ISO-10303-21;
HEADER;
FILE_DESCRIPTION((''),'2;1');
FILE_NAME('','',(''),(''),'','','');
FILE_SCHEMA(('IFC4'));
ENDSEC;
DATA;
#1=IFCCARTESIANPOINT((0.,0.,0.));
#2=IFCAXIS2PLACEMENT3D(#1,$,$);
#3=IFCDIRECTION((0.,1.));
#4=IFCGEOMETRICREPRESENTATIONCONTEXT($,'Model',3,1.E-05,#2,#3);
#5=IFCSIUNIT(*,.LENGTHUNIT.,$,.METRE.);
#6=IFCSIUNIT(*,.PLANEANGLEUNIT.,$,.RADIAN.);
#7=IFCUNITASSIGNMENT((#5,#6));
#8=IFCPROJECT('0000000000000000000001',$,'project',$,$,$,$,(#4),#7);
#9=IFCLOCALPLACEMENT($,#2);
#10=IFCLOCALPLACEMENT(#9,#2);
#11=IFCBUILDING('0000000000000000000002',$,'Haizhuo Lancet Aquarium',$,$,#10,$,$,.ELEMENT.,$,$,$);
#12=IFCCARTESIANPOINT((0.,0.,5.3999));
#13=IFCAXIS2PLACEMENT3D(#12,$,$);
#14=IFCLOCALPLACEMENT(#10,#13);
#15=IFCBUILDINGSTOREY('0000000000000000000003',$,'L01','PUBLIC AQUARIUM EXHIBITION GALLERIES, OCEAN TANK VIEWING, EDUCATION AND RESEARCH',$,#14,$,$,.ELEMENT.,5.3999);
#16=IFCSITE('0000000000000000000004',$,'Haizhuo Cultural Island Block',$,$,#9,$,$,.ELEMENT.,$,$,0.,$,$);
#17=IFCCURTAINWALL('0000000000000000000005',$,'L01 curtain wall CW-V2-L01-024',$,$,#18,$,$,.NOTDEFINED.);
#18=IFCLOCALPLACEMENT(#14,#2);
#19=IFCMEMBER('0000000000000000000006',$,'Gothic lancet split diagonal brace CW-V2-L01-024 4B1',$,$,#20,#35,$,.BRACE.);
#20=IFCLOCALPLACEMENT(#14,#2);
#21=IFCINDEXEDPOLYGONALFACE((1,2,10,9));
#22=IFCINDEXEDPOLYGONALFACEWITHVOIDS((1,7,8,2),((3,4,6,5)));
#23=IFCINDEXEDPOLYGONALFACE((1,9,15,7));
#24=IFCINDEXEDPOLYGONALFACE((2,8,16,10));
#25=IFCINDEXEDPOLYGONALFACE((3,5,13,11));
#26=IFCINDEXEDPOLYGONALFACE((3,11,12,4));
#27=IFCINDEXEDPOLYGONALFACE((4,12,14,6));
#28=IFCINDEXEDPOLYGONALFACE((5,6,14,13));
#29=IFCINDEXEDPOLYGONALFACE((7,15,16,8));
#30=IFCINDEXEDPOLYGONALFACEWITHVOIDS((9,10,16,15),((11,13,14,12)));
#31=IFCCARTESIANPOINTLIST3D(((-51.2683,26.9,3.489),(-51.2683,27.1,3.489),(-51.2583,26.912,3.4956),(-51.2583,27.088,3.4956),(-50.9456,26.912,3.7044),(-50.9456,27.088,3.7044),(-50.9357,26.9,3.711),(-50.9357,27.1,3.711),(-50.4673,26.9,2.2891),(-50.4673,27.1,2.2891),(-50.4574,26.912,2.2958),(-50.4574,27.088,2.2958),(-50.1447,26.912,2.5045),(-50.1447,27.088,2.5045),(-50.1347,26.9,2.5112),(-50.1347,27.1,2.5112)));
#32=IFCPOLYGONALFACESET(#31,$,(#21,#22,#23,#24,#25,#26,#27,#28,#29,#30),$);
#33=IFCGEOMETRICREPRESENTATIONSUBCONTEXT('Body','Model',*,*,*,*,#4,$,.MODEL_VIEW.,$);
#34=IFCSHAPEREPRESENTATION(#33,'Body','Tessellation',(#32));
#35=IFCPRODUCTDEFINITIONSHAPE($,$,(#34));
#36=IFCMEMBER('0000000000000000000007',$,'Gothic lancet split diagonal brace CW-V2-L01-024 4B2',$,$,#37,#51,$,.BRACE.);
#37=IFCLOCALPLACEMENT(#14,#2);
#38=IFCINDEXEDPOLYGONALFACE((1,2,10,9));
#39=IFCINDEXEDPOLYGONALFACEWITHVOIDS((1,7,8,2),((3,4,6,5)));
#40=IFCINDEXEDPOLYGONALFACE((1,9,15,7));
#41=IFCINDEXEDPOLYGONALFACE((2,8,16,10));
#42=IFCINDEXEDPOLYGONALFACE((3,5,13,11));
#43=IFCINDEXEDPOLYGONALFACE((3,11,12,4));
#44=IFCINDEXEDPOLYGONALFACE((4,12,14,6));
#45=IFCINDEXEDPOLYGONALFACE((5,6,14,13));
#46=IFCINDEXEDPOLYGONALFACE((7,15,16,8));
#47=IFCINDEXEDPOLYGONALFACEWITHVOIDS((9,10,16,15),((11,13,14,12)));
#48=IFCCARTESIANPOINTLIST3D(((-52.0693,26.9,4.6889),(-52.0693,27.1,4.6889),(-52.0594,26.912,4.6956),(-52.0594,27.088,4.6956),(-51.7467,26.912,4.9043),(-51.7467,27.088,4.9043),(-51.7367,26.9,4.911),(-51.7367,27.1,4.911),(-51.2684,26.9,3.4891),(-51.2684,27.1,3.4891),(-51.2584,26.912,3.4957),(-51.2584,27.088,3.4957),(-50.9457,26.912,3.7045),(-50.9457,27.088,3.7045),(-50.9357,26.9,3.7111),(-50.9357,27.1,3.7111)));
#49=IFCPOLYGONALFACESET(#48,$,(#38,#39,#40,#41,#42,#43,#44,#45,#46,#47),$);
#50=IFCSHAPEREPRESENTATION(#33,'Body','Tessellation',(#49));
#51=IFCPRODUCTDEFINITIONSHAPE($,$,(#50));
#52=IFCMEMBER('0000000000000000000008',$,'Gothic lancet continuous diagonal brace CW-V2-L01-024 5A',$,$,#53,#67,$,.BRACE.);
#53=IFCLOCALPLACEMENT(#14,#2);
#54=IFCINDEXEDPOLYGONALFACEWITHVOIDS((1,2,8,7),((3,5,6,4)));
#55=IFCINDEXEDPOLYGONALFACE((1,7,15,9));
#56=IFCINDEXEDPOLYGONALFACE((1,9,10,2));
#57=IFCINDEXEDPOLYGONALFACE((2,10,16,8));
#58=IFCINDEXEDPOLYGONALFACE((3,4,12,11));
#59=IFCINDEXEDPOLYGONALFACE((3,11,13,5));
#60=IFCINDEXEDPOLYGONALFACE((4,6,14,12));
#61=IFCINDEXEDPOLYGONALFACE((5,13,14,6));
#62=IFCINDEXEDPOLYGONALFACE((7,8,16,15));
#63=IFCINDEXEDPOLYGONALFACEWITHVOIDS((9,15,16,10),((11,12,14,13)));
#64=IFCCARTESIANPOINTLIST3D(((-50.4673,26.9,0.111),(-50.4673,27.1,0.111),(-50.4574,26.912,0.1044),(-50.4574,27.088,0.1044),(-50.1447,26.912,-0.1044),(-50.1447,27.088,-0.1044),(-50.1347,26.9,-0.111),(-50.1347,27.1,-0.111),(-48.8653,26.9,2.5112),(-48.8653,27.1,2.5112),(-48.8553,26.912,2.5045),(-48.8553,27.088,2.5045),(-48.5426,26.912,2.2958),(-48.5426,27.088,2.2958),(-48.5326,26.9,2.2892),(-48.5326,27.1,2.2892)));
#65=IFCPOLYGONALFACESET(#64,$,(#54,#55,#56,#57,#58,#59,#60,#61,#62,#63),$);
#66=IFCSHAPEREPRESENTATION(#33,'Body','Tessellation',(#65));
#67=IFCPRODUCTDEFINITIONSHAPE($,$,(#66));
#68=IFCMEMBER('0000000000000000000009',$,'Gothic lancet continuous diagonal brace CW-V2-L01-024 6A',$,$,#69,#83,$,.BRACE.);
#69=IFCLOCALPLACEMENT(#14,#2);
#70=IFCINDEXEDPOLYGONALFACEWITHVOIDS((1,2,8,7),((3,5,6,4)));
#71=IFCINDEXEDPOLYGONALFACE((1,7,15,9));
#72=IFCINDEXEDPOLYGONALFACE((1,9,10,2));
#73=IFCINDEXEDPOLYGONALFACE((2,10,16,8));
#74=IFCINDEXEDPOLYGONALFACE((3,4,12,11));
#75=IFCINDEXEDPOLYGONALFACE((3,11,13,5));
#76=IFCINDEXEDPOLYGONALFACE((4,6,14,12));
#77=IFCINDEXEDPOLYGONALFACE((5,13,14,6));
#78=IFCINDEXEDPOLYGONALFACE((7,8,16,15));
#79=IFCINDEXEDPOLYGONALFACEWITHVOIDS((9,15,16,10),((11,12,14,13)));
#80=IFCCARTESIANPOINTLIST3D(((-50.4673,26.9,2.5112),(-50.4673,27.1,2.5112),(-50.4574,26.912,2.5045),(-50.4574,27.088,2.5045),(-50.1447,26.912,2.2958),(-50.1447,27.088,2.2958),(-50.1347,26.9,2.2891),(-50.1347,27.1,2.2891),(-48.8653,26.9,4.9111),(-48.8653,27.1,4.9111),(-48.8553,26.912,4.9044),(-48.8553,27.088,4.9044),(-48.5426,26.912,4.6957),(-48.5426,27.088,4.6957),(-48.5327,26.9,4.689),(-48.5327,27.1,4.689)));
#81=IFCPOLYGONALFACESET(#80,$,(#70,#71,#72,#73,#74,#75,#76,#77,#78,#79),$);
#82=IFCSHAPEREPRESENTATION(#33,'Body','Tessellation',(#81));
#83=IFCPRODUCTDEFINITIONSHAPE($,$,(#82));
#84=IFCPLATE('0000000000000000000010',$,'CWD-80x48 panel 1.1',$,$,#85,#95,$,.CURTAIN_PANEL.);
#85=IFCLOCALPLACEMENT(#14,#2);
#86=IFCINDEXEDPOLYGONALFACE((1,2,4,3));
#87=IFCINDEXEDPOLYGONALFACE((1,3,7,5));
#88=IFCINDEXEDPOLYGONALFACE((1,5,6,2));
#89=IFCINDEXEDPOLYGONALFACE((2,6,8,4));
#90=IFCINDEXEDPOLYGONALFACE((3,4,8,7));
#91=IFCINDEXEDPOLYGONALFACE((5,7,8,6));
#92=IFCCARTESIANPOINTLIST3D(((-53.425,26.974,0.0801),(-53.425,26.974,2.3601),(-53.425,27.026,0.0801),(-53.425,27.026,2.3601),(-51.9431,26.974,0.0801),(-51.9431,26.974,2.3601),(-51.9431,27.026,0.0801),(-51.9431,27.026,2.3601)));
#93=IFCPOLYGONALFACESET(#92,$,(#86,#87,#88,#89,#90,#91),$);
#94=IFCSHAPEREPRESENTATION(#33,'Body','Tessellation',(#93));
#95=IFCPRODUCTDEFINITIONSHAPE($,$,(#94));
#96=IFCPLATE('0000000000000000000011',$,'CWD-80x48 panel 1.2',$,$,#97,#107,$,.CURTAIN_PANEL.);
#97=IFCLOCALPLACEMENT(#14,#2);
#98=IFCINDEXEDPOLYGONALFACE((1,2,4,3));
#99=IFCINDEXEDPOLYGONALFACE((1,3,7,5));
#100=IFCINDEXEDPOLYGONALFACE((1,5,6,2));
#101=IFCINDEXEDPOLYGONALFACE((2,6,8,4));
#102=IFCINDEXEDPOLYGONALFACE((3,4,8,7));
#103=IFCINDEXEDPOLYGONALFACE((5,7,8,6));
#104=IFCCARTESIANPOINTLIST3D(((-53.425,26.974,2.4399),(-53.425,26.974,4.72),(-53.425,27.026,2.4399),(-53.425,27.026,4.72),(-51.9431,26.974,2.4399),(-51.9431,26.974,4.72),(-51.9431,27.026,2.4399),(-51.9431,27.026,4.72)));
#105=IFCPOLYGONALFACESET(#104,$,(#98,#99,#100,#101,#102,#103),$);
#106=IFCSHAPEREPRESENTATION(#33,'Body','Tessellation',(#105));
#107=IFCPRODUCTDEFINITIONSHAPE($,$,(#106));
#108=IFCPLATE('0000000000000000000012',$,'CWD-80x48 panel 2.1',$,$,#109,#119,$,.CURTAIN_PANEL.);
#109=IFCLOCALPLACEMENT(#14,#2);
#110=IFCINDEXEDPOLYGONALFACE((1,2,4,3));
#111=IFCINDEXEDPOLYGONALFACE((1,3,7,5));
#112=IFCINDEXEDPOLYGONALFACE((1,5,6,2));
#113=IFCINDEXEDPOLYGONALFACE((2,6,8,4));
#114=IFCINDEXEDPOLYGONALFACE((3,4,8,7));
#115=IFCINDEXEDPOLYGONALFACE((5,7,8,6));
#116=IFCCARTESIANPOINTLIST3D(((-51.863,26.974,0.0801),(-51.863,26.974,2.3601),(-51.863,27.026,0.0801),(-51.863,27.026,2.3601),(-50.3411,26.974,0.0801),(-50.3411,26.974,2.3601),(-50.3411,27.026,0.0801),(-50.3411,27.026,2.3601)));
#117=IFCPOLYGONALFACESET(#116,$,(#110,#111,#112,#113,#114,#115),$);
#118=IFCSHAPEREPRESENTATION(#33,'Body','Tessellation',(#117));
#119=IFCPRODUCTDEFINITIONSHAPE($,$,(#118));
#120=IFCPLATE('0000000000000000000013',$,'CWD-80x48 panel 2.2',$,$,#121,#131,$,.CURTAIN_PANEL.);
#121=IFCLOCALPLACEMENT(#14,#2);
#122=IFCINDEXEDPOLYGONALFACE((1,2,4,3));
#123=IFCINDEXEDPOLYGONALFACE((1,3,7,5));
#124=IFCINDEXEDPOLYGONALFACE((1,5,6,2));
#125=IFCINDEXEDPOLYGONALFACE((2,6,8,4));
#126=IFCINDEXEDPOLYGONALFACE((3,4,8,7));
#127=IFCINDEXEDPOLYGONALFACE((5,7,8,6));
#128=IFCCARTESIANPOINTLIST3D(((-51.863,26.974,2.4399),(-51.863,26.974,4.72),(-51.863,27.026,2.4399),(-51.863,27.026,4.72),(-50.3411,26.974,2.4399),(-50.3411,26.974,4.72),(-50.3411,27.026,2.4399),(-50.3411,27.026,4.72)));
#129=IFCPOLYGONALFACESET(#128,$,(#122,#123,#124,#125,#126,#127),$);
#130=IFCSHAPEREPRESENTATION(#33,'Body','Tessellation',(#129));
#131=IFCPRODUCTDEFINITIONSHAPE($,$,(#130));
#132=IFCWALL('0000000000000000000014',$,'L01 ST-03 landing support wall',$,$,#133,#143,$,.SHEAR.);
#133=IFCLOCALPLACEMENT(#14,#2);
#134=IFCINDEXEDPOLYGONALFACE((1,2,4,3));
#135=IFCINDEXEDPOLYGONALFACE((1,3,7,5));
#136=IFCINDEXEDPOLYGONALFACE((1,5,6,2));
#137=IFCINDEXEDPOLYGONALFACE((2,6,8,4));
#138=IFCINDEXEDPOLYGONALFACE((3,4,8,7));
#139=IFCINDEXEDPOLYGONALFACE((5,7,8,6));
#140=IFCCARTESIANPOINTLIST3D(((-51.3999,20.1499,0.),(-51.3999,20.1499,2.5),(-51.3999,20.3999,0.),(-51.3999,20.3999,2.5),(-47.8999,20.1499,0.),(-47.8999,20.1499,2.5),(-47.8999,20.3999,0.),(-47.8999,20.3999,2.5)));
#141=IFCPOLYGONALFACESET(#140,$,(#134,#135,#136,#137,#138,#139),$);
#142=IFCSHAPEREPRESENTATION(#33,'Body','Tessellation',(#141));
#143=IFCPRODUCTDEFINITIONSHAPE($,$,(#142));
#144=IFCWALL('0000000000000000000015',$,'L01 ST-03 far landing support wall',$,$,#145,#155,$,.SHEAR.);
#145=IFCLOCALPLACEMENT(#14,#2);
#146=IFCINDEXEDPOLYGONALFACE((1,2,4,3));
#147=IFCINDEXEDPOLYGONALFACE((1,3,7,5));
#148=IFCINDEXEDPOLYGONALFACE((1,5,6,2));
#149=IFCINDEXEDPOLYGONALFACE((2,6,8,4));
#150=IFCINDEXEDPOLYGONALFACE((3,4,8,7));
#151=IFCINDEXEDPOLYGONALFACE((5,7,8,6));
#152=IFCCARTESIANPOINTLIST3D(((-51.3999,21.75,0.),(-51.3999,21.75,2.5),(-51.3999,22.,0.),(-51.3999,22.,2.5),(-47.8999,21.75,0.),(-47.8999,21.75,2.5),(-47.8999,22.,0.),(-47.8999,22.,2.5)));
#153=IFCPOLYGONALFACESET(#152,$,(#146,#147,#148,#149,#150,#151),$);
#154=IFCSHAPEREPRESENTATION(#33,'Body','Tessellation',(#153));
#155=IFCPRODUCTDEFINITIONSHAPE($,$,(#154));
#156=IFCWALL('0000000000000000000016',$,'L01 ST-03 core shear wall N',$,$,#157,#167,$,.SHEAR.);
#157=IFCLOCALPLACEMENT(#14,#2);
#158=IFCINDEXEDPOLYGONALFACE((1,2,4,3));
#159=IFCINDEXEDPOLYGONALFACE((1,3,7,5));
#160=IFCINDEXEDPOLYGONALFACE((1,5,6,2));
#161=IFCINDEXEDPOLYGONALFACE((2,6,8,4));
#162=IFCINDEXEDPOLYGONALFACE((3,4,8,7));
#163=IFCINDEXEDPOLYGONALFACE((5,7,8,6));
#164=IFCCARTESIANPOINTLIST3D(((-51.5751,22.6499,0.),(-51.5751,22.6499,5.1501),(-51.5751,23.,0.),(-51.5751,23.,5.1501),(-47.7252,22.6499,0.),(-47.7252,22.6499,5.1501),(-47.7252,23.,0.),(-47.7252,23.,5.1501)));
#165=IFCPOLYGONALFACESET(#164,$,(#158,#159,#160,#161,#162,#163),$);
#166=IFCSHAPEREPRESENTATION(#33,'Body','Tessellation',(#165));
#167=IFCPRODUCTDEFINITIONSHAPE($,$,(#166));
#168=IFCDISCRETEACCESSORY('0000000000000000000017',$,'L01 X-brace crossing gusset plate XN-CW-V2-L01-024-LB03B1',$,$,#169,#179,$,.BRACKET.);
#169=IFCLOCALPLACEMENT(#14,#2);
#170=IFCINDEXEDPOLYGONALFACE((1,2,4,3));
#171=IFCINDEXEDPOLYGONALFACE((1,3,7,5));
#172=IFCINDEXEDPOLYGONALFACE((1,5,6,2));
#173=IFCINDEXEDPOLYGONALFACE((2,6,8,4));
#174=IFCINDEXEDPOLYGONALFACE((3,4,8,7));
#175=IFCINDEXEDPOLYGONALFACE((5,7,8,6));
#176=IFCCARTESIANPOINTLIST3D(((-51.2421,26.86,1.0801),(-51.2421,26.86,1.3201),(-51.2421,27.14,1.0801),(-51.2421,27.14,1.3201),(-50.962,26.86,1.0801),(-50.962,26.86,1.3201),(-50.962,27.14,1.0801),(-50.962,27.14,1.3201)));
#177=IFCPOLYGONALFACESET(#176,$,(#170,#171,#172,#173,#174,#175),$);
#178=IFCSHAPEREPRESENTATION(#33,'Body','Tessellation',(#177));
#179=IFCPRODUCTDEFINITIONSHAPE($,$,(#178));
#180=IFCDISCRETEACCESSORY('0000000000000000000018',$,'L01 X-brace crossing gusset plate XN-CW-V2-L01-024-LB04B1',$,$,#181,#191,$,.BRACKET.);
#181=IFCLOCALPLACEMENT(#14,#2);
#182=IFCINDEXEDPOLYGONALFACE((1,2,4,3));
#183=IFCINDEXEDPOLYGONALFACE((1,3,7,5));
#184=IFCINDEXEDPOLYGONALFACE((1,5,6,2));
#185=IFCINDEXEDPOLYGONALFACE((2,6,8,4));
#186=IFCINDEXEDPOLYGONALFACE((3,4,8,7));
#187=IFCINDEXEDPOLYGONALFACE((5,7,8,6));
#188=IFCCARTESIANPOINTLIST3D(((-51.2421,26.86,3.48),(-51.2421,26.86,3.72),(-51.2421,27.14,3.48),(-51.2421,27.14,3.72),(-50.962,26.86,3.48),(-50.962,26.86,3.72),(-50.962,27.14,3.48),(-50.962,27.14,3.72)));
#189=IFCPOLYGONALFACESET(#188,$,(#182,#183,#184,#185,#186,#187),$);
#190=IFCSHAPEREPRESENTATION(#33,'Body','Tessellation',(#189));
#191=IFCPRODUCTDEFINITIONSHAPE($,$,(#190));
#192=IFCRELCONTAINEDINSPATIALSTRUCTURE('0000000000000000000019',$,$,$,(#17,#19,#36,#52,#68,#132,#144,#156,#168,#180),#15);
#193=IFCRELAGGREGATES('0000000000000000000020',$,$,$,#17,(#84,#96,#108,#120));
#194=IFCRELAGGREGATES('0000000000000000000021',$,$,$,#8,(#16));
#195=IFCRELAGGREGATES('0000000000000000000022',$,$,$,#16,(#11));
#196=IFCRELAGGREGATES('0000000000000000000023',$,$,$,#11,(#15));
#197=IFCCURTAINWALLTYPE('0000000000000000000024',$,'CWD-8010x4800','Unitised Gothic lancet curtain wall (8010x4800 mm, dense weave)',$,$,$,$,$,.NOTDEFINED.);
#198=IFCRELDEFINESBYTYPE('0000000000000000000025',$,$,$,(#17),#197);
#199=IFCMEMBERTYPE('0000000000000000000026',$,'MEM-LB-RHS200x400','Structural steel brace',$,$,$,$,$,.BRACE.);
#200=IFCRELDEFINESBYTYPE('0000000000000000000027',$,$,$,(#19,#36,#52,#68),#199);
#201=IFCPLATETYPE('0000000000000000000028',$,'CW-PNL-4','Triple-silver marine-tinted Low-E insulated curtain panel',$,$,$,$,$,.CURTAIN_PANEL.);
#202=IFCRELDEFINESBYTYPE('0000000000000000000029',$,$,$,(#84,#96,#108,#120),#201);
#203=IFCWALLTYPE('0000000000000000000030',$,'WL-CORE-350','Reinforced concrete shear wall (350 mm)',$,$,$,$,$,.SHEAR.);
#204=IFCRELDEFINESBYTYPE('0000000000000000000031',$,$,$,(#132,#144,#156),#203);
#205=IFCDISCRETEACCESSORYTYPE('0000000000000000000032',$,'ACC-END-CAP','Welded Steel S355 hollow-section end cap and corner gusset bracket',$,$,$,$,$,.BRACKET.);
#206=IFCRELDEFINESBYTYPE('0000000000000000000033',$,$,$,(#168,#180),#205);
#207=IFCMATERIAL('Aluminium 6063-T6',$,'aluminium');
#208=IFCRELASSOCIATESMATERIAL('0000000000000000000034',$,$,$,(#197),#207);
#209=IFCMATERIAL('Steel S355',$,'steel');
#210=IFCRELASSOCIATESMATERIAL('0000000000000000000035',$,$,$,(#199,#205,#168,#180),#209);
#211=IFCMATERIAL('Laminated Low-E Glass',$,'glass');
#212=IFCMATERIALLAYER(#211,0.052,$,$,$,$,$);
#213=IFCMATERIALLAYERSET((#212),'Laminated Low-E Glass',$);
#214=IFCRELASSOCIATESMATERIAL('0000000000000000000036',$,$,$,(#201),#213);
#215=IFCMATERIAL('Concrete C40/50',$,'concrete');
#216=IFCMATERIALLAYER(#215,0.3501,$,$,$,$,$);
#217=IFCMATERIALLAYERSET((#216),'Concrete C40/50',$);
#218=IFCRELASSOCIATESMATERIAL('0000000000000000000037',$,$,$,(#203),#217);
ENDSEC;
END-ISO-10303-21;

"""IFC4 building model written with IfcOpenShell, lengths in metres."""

from ifc_helpers import new_model, si_unit, direction, frame, frame_2d, origin, origin_2d, place, context, subcontext, project, spatial, rectangle, hollow_rectangle, extrude, material, layer, layer_set, material_profile, profile_set, type_object, element, aggregate, save


model = new_model("IFC4")

# Units and contexts
model_context = context("Model", 3, precision=1e-05, world=origin(), true_north=direction((0.0, 1.0)))
body_context = subcontext(model_context, "Body", "Model", "MODEL_VIEW")
ifc_project = project(units=[si_unit("LENGTHUNIT", "METRE"), si_unit("PLANEANGLEUNIT", "RADIAN")], contexts=[model_context])

# Site, building, storey
site_placement = place(None, origin())
site = spatial("IfcSite", under=ifc_project, at=site_placement, Name="Haizhuo Cultural Island Block", CompositionType="ELEMENT", RefElevation=0.0)
building_placement = place(site_placement, origin())
building = spatial("IfcBuilding", under=site, at=building_placement, Name="Haizhuo Lancet Aquarium", CompositionType="ELEMENT")
storey_placement = place(building_placement, frame((0.0, 0.0, 5.3999)))
storey = spatial("IfcBuildingStorey", under=building, at=storey_placement, Name="L01", Description="PUBLIC AQUARIUM EXHIBITION GALLERIES, OCEAN TANK VIEWING, EDUCATION AND RESEARCH", CompositionType="ELEMENT", Elevation=5.3999)

# Curtain wall
ifc_material_1 = material(Name="Aluminium 6063-T6", Category="aluminium")
curtain_wall_type = type_object("IfcCurtainWallType", Name="CWD-8010x4800", Description="Unitised Gothic lancet curtain wall (8010x4800 mm, dense weave)", PredefinedType="NOTDEFINED", material=ifc_material_1)
curtain_wall_placement = place(storey_placement, origin())
curtain_wall = element("IfcCurtainWall", 1, at=curtain_wall_placement, inside=storey, type_object=curtain_wall_type, Name="L01 curtain wall CW-V2-L01-024", PredefinedType="NOTDEFINED")

# Members
ifc_material_2 = material(Name="Steel S355", Category="steel")
ifc_material_profile_1 = material_profile(ifc_material_2, hollow_rectangle(XDim=0.2, YDim=0.3999, WallThickness=0.012, at=origin_2d()), Name="RHS 200x400x12")
ifc_profile_set_1 = profile_set([ifc_material_profile_1], Name="Steel S355")
member_type_1 = type_object("IfcMemberType", Name="MEM-LB-RHS200x400", Description="Structural steel brace", PredefinedType="BRACE", material=ifc_profile_set_1)
for number, where, z_axis, x_axis, name in (
    (2, (-50.301, 27.0, 2.4001), (-0.555208, 0.0, 0.831712), (0.0, -1.0, 0.0), "Gothic lancet split diagonal brace CW-V2-L01-024 4B1"),
    (3, (-51.1021, 27.0, 3.6001), (-0.555208, 0.0, 0.831712), (0.0, -1.0, 0.0), "Gothic lancet split diagonal brace CW-V2-L01-024 4B2"),
):
    element("IfcMember", number, at=place(storey_placement, frame(where, z_axis=z_axis, x_axis=x_axis)), inside=storey, type_object=member_type_1, Name=name, PredefinedType="BRACE", context=body_context, shape_type="SweptSolid", body=[
        extrude(hollow_rectangle(XDim=0.2, YDim=0.3999, WallThickness=0.012, at=origin_2d()), origin(), (0.0, 0.0, 1.0), 1.4426),
    ])
member_1_placement = place(storey_placement, frame((-50.301, 27.0, 0.0), z_axis=(0.555169, 0.0, 0.831738), x_axis=(0.0, 1.0, 0.0)))
element("IfcMember", 4, at=member_1_placement, inside=storey, type_object=member_type_1, Name="Gothic lancet continuous diagonal brace CW-V2-L01-024 5A", PredefinedType="BRACE", context=body_context, shape_type="SweptSolid", body=[
    extrude(hollow_rectangle(XDim=0.2, YDim=0.3999, WallThickness=0.012, at=origin_2d()), origin(), (0.0, 0.0, 1.0), 2.8857),
])
member_2_placement = place(storey_placement, frame((-50.301, 27.0, 2.4001), z_axis=(0.555208, 0.0, 0.831712), x_axis=(0.0, 1.0, 0.0)))
element("IfcMember", 5, at=member_2_placement, inside=storey, type_object=member_type_1, Name="Gothic lancet continuous diagonal brace CW-V2-L01-024 6A", PredefinedType="BRACE", context=body_context, shape_type="SweptSolid", body=[
    extrude(hollow_rectangle(XDim=0.2, YDim=0.3999, WallThickness=0.012, at=origin_2d()), origin(), (0.0, 0.0, 1.0), 2.8855),
])

# Plates
ifc_material_3 = material(Name="Laminated Low-E Glass", Category="glass")
ifc_layer_1 = layer(ifc_material_3, 0.052)
ifc_layer_set_1 = layer_set([ifc_layer_1], Name="Laminated Low-E Glass")
plate_type = type_object("IfcPlateType", Name="CW-PNL-4", Description="Triple-silver marine-tinted Low-E insulated curtain panel", PredefinedType="CURTAIN_PANEL", material=ifc_layer_set_1)
plate_1_placement = place(storey_placement, frame((-52.6841, 27.0, 0.0801), z_axis=(0.0, 0.0, 1.0), x_axis=(1.0, 0.0, 0.0)))
plate_1 = element("IfcPlate", 6, at=plate_1_placement, type_object=plate_type, Name="CWD-80x48 panel 1.1", PredefinedType="CURTAIN_PANEL", context=body_context, shape_type="SweptSolid", body=[
    extrude(rectangle(XDim=1.4819, YDim=0.052, at=origin_2d()), origin(), (0.0, 0.0, 1.0), 2.28),
])
plate_2_placement = place(storey_placement, frame((-52.6841, 27.0, 2.4399), z_axis=(0.0, 0.0, 1.0), x_axis=(1.0, 0.0, 0.0)))
plate_2 = element("IfcPlate", 7, at=plate_2_placement, type_object=plate_type, Name="CWD-80x48 panel 1.2", PredefinedType="CURTAIN_PANEL", context=body_context, shape_type="SweptSolid", body=[
    extrude(rectangle(XDim=1.4819, YDim=0.052, at=origin_2d()), origin(), (0.0, 0.0, 1.0), 2.28),
])
plate_3_placement = place(storey_placement, frame((-51.1021, 27.0, 0.0801), z_axis=(0.0, 0.0, 1.0), x_axis=(1.0, 0.0, 0.0)))
plate_3 = element("IfcPlate", 8, at=plate_3_placement, type_object=plate_type, Name="CWD-80x48 panel 2.1", PredefinedType="CURTAIN_PANEL", context=body_context, shape_type="SweptSolid", body=[
    extrude(rectangle(XDim=1.522, YDim=0.052, at=origin_2d()), origin(), (0.0, 0.0, 1.0), 2.28),
])
plate_4_placement = place(storey_placement, frame((-51.1021, 27.0, 2.4399), z_axis=(0.0, 0.0, 1.0), x_axis=(1.0, 0.0, 0.0)))
plate_4 = element("IfcPlate", 9, at=plate_4_placement, type_object=plate_type, Name="CWD-80x48 panel 2.2", PredefinedType="CURTAIN_PANEL", context=body_context, shape_type="SweptSolid", body=[
    extrude(rectangle(XDim=1.522, YDim=0.052, at=origin_2d()), origin(), (0.0, 0.0, 1.0), 2.28),
])
aggregate(curtain_wall, [plate_1, plate_2, plate_3, plate_4])

# Walls
ifc_material_4 = material(Name="Concrete C40/50", Category="concrete")
ifc_layer_2 = layer(ifc_material_4, 0.3501)
ifc_layer_set_2 = layer_set([ifc_layer_2], Name="Concrete C40/50")
wall_type = type_object("IfcWallType", Name="WL-CORE-350", Description="Reinforced concrete shear wall (350 mm)", PredefinedType="SHEAR", material=ifc_layer_set_2)
for number, where, z_axis, x_axis, name in (
    (10, (-51.3999, 20.2749, 0.0), (0.0, 0.0, 1.0), (1.0, 0.0, 0.0), "L01 ST-03 landing support wall"),
    (11, (-51.3999, 21.875, 0.0), (0.0, 0.0, 1.0), (1.0, 0.0, 0.0), "L01 ST-03 far landing support wall"),
):
    element("IfcWall", number, at=place(storey_placement, frame(where, z_axis=z_axis, x_axis=x_axis)), inside=storey, type_object=wall_type, Name=name, PredefinedType="SHEAR", context=body_context, shape_type="SweptSolid", body=[
        extrude(rectangle(XDim=3.5, YDim=0.25, at=frame_2d((1.75, 0.0))), origin(), (0.0, 0.0, 1.0), 2.5),
    ])
wall_placement = place(storey_placement, frame((-51.575, 22.825, 0.0), z_axis=(0.0, 0.0, 1.0), x_axis=(1.0, 0.0, 0.0)))
element("IfcWall", 12, at=wall_placement, inside=storey, type_object=wall_type, Name="L01 ST-03 core shear wall N", PredefinedType="SHEAR", context=body_context, shape_type="SweptSolid", body=[
    extrude(rectangle(XDim=3.8499, YDim=0.3501, at=frame_2d((1.9248, 0.0))), origin(), (0.0, 0.0, 1.0), 5.1501),
])

# Discrete accessories
discrete_accessory_type = type_object("IfcDiscreteAccessoryType", Name="ACC-END-CAP", Description="Welded Steel S355 hollow-section end cap and corner gusset bracket", PredefinedType="BRACKET", material=ifc_material_2)
for number, where, z_axis, x_axis, name in (
    (13, (-51.1021, 27.0, 1.0801), (0.0, 0.0, 1.0), (1.0, 0.0, 0.0), "L01 X-brace crossing gusset plate XN-CW-V2-L01-024-LB03B1"),
    (14, (-51.1021, 27.0, 3.48), (0.0, 0.0, 1.0), (1.0, 0.0, 0.0), "L01 X-brace crossing gusset plate XN-CW-V2-L01-024-LB04B1"),
):
    element("IfcDiscreteAccessory", number, at=place(storey_placement, frame(where, z_axis=z_axis, x_axis=x_axis)), inside=storey, type_object=discrete_accessory_type, material=ifc_material_2, Name=name, PredefinedType="BRACKET", context=body_context, shape_type="SweptSolid", body=[
        extrude(rectangle(XDim=0.28, YDim=0.28, at=origin_2d()), origin(), (0.0, 0.0, 1.0), 0.24),
    ])

save(model, "model.ifc")
